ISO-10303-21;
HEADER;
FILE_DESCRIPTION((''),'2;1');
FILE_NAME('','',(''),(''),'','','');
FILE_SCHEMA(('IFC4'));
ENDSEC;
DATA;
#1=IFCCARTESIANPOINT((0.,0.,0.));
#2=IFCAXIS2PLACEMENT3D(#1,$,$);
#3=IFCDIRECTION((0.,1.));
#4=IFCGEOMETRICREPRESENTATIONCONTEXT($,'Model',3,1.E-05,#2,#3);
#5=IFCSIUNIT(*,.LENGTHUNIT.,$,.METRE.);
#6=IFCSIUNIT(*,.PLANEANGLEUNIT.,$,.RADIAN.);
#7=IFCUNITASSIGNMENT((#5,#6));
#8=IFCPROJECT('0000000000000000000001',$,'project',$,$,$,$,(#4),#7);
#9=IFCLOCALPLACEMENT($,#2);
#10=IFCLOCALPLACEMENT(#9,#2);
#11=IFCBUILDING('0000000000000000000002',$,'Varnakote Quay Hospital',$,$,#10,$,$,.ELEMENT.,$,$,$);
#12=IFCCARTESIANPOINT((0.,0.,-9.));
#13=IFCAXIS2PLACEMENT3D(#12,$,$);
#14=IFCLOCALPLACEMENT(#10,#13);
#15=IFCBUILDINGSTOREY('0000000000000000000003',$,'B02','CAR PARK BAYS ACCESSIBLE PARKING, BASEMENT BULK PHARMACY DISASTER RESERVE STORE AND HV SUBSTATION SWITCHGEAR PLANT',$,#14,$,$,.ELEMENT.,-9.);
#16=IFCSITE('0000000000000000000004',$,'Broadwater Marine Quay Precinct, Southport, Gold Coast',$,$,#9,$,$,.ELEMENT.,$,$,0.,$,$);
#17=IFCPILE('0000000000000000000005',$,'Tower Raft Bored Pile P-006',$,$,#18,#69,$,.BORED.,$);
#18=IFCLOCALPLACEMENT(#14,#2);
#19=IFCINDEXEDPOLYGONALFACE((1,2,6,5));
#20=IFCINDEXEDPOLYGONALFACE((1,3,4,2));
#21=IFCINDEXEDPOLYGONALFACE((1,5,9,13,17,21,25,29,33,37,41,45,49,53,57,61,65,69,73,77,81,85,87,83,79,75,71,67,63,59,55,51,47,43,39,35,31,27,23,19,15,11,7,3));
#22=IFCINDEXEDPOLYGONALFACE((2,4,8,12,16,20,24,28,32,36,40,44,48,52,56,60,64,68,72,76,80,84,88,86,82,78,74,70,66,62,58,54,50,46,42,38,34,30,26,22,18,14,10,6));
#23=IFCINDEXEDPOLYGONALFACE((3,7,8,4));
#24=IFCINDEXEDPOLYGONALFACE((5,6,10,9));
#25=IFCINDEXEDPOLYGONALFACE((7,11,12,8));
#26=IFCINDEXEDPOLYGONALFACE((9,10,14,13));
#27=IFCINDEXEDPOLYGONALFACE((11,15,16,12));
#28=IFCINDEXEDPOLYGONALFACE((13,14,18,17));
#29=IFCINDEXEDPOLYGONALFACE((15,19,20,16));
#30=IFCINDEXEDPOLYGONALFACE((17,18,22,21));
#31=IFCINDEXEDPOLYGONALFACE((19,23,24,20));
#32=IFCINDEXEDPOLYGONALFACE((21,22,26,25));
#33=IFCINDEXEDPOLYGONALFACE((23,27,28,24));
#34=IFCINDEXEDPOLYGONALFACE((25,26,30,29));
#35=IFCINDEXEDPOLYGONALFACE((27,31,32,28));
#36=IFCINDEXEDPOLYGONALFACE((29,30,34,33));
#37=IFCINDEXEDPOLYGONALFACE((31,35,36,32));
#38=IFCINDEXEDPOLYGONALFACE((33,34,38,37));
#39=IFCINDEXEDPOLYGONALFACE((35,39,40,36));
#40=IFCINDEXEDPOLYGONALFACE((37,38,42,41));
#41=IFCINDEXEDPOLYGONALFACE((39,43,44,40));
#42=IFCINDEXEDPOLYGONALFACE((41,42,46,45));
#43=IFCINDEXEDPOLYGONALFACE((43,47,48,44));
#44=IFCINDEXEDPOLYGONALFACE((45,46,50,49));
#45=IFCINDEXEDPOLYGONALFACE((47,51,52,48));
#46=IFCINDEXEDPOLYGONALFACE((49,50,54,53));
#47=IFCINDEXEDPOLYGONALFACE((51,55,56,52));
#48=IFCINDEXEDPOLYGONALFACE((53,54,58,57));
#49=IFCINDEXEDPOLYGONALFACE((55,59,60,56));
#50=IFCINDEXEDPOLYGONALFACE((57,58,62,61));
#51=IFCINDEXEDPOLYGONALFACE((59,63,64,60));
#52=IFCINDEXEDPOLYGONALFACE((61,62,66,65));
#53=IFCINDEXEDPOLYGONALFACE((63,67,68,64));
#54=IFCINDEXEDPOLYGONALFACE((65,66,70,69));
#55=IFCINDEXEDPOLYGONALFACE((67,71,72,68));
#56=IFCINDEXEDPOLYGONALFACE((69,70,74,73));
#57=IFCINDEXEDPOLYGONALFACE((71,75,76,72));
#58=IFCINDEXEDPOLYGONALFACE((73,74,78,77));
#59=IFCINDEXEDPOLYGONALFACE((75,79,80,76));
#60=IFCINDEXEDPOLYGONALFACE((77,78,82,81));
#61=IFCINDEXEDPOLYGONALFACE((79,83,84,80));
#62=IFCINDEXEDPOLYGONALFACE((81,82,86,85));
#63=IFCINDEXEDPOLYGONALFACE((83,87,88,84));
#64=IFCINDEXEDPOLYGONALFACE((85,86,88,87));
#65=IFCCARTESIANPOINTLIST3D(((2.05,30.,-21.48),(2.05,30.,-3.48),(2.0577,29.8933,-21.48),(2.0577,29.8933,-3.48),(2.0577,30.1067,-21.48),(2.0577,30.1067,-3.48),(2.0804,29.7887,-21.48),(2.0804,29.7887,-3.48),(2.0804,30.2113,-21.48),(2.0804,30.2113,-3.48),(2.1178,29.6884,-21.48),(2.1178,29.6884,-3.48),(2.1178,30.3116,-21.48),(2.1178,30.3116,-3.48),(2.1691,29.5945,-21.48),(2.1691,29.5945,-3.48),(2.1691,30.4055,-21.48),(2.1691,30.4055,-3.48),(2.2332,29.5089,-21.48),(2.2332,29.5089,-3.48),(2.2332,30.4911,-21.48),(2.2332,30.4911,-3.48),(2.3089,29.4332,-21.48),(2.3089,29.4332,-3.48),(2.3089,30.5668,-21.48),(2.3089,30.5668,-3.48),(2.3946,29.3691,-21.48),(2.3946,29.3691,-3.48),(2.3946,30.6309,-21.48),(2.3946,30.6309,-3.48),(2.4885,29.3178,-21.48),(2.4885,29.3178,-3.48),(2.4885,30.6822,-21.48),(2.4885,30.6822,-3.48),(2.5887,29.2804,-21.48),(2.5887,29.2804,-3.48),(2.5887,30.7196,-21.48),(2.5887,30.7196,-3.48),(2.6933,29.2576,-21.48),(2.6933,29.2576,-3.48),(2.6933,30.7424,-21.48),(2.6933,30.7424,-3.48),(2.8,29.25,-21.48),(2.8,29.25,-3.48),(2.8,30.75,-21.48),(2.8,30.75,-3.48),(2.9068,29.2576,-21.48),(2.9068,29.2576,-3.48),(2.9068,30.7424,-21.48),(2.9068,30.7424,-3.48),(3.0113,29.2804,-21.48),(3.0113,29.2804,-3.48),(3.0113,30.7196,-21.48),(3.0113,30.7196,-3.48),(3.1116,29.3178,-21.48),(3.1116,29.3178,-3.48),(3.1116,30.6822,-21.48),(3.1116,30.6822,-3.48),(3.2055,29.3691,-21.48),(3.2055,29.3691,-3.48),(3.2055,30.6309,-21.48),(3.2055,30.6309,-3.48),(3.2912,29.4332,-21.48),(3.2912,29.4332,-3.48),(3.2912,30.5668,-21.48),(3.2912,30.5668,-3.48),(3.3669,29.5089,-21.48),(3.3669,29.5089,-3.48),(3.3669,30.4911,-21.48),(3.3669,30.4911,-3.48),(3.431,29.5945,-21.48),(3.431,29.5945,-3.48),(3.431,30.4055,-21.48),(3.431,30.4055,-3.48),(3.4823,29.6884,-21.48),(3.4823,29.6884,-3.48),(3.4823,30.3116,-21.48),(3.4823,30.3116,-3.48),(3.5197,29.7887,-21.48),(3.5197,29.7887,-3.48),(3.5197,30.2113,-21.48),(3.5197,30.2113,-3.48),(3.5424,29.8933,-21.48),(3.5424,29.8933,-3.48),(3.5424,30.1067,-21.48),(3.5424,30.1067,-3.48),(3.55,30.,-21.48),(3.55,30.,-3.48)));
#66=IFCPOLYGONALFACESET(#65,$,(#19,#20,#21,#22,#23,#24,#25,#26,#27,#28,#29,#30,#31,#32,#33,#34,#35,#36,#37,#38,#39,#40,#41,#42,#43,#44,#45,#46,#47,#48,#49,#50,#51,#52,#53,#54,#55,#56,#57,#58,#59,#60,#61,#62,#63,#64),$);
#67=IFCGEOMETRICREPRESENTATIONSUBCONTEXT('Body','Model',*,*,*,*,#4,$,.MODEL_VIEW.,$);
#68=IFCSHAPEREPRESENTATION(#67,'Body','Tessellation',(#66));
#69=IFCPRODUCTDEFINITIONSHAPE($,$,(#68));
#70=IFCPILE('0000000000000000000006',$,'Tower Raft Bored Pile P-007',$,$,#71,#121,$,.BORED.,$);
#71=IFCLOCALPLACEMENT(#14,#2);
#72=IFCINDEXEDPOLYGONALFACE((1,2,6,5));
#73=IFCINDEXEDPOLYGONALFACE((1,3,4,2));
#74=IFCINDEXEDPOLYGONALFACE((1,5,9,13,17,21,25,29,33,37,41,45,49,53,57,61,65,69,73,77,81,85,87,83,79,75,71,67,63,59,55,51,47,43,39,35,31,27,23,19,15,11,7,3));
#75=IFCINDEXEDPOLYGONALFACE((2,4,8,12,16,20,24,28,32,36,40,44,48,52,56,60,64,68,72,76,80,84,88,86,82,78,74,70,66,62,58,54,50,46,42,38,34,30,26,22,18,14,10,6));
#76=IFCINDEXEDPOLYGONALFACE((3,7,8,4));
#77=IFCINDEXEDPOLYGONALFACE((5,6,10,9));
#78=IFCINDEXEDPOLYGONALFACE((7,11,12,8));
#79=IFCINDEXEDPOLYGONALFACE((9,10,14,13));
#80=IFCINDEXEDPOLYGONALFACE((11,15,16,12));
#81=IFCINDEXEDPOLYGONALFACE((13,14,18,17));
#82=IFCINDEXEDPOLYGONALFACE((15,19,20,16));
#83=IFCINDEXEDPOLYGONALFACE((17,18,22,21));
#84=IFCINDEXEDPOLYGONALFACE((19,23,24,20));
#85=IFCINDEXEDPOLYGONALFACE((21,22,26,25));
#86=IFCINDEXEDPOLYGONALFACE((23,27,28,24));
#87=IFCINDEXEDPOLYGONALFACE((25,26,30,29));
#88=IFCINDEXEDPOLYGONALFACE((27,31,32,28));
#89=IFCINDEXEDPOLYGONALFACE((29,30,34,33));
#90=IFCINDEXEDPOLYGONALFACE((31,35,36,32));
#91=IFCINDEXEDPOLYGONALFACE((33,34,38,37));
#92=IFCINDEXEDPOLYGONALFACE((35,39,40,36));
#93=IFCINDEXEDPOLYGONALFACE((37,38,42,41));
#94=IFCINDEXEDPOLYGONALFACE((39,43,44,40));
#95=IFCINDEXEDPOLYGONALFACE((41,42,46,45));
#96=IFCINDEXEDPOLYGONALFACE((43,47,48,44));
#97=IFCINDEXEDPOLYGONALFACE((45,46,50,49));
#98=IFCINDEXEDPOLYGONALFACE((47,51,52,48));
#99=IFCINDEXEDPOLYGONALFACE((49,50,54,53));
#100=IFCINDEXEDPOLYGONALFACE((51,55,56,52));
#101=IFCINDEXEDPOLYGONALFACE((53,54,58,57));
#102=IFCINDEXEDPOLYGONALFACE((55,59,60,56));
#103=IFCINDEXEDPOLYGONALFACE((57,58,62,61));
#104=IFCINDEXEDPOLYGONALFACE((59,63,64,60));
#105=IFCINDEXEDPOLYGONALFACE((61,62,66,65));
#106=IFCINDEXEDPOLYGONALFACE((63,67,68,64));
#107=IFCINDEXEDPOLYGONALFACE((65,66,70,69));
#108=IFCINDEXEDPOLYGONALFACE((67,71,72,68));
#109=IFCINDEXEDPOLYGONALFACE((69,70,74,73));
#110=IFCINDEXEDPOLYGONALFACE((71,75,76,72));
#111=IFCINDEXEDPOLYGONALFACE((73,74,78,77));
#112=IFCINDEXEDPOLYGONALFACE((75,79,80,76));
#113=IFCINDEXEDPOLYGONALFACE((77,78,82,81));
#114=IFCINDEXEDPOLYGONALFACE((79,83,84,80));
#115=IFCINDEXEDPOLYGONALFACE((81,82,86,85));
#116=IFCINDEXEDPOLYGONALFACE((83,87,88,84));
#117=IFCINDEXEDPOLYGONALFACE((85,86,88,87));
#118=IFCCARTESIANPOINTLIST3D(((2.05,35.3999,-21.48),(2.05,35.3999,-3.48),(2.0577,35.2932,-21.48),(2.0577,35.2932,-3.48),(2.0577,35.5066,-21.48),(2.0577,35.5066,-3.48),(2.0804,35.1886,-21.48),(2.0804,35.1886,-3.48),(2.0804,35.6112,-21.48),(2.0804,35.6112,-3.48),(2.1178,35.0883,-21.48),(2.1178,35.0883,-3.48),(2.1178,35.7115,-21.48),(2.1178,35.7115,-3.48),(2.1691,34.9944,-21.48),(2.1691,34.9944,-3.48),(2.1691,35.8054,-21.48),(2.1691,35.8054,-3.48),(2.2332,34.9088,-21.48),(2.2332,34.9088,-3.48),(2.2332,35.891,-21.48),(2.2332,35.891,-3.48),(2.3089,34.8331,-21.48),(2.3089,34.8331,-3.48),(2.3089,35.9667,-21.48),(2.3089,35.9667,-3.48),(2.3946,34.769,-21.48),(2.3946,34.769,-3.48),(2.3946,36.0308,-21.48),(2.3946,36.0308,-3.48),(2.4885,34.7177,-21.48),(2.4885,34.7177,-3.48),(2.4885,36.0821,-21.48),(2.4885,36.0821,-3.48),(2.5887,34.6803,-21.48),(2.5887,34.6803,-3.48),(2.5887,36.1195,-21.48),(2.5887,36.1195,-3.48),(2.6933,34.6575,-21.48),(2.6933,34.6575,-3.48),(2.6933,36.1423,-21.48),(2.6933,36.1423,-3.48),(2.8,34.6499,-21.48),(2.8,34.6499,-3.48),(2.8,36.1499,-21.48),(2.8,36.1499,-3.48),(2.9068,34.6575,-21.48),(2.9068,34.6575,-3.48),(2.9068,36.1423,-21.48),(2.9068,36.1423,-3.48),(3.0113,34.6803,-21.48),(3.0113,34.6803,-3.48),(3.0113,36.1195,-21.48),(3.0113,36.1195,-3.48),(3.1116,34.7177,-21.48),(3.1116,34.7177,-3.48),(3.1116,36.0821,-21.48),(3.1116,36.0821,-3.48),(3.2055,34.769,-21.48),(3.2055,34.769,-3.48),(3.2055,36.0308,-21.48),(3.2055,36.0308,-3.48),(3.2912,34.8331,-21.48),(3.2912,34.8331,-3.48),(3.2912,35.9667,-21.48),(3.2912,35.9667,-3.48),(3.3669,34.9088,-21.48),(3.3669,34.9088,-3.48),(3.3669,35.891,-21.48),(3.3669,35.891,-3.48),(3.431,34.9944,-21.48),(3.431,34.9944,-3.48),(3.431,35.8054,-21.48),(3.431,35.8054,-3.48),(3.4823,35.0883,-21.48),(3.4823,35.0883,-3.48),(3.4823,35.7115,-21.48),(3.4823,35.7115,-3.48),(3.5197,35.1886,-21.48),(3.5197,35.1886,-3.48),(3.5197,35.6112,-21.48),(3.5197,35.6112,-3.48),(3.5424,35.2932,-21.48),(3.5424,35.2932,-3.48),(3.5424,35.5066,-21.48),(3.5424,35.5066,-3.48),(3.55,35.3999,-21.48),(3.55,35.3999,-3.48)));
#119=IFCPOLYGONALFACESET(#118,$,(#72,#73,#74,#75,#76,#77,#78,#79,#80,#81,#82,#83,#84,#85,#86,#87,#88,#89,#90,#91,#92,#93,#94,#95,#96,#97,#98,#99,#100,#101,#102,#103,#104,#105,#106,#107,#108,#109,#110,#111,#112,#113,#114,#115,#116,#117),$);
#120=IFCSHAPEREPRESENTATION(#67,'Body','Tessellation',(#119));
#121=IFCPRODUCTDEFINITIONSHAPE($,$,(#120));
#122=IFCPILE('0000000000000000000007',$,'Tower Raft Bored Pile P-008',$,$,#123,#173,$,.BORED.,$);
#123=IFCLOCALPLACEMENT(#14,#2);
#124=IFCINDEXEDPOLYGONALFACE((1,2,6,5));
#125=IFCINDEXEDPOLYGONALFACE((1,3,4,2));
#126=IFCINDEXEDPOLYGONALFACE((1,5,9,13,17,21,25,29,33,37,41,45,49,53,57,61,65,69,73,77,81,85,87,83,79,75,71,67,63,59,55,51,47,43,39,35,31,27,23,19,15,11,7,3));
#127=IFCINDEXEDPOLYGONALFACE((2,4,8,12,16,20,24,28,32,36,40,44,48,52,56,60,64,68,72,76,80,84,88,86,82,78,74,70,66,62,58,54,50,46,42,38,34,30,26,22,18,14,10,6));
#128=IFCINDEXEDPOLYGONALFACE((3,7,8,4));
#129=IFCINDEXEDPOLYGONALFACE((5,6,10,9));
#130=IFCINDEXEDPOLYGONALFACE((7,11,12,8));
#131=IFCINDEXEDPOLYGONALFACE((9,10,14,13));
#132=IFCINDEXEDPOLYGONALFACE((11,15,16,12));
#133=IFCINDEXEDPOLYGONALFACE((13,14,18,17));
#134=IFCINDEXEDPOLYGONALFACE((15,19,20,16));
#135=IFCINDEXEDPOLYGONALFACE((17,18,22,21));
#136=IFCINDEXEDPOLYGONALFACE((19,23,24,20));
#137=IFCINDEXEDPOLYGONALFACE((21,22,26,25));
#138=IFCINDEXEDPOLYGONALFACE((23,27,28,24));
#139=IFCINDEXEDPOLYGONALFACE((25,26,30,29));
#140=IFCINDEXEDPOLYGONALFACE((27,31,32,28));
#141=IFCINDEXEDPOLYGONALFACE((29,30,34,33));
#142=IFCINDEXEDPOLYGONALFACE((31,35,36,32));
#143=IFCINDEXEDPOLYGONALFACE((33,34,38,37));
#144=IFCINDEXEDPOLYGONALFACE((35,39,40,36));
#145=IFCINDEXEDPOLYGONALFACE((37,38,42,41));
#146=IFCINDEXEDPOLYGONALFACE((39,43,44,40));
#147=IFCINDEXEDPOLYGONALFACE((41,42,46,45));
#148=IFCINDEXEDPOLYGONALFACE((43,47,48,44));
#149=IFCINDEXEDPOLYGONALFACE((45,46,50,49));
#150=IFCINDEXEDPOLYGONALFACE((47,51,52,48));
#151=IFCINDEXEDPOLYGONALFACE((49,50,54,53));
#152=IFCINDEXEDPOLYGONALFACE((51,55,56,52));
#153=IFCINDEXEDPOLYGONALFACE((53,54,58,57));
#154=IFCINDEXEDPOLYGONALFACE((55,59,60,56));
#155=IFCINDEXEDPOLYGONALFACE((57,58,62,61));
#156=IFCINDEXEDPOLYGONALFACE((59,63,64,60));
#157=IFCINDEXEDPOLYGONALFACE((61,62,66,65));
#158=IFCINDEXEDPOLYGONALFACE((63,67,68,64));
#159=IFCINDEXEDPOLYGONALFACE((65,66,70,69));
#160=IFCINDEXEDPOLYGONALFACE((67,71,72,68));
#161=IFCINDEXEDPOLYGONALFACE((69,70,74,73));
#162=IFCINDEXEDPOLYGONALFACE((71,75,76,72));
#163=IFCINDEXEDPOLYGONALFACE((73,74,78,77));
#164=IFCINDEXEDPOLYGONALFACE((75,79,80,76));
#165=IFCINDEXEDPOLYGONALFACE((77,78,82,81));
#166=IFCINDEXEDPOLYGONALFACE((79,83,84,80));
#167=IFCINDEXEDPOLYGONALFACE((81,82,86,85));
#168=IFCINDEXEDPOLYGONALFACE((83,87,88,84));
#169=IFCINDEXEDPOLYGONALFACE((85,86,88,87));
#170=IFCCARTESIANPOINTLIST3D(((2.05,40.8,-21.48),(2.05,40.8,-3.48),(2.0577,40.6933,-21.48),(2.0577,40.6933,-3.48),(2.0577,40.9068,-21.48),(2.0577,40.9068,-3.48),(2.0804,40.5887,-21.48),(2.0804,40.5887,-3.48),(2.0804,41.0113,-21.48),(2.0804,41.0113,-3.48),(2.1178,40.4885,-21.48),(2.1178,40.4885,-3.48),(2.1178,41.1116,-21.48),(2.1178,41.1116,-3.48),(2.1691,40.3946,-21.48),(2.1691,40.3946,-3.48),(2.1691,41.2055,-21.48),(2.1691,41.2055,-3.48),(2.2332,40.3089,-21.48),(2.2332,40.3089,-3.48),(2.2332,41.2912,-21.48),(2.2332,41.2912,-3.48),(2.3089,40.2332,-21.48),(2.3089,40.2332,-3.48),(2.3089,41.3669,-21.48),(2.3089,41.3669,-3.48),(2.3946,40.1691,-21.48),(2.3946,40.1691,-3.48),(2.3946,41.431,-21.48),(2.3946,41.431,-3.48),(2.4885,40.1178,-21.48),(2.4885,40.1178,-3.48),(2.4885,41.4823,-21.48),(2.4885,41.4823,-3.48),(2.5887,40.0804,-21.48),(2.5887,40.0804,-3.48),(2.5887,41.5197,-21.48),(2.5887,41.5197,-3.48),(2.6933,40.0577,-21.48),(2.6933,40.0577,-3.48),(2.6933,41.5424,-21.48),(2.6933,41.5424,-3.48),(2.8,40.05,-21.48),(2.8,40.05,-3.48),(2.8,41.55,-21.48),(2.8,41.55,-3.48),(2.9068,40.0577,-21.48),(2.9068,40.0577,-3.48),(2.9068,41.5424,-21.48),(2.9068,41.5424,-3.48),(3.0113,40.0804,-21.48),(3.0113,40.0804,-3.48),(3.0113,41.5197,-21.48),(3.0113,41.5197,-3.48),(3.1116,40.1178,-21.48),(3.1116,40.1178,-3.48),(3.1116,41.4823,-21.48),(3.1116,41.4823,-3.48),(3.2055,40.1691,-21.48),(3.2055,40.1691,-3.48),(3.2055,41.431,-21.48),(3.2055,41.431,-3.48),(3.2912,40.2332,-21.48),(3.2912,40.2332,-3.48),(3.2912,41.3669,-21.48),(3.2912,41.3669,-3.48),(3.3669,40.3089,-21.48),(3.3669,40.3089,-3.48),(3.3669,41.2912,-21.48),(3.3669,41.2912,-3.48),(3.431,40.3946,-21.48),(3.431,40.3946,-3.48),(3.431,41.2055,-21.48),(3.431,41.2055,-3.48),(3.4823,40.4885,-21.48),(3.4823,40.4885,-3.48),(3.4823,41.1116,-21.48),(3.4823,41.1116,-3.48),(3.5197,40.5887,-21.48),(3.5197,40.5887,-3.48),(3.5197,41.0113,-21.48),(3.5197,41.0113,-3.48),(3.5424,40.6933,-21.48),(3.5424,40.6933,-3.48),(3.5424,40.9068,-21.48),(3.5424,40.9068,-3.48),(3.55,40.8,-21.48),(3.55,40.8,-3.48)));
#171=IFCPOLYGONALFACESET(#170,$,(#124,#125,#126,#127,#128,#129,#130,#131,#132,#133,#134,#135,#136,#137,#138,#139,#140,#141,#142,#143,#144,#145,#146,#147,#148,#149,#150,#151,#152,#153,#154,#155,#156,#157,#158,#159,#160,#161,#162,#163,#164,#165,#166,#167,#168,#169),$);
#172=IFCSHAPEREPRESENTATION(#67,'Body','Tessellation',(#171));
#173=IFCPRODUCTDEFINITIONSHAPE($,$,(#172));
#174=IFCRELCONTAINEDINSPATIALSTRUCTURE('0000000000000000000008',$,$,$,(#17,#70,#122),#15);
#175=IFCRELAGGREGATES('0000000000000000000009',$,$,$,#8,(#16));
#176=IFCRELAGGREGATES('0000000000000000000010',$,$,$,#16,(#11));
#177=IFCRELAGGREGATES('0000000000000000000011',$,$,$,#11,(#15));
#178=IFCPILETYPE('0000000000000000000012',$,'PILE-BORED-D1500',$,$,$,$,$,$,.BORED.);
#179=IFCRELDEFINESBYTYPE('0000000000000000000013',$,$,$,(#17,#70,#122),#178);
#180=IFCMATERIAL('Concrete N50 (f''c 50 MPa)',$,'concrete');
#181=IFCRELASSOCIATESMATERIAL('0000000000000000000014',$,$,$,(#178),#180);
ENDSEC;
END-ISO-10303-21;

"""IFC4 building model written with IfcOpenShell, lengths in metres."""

from ifc_helpers import new_model, si_unit, direction, frame, origin, origin_2d, place, context, subcontext, project, spatial, circle, extrude, material, material_profile, profile_set, type_object, element, save


model = new_model("IFC4")

# Units and contexts
model_context = context("Model", 3, precision=1e-05, world=origin(), true_north=direction((0.0, 1.0)))
body_context = subcontext(model_context, "Body", "Model", "MODEL_VIEW")
ifc_project = project(units=[si_unit("LENGTHUNIT", "METRE"), si_unit("PLANEANGLEUNIT", "RADIAN")], contexts=[model_context])

# Site, building, storey
site_placement = place(None, origin())
site = spatial("IfcSite", under=ifc_project, at=site_placement, Name="Broadwater Marine Quay Precinct, Southport, Gold Coast", CompositionType="ELEMENT", RefElevation=0.0)
building_placement = place(site_placement, origin())
building = spatial("IfcBuilding", under=site, at=building_placement, Name="Varnakote Quay Hospital", CompositionType="ELEMENT")
storey_placement = place(building_placement, frame((0.0, 0.0, -9.0)))
storey = spatial("IfcBuildingStorey", under=building, at=storey_placement, Name="B02", Description="CAR PARK BAYS ACCESSIBLE PARKING, BASEMENT BULK PHARMACY DISASTER RESERVE STORE AND HV SUBSTATION SWITCHGEAR PLANT", CompositionType="ELEMENT", Elevation=-9.0)

# Piles
ifc_material_1 = material(Name="Concrete N50 (f'c 50 MPa)", Category="concrete")
ifc_material_profile_1 = material_profile(ifc_material_1, circle(Radius=0.75, at=origin_2d()), Name="PILE-D1500")
ifc_profile_set_1 = profile_set([ifc_material_profile_1], Name="Concrete N50 (f'c 50 MPa)")
pile_type = type_object("IfcPileType", Name="PILE-BORED-D1500", PredefinedType="BORED", material=ifc_profile_set_1)
for number, where, z_axis, x_axis, name in (
    (1, (2.8, 30.0, -3.48), (0.0, 0.0, -1.0), (1.0, 0.0, 0.0), "Tower Raft Bored Pile P-006"),
    (2, (2.8, 35.3999, -3.48), (0.0, 0.0, -1.0), (1.0, 0.0, 0.0), "Tower Raft Bored Pile P-007"),
    (3, (2.8, 40.8, -3.48), (0.0, 0.0, -1.0), (1.0, 0.0, 0.0), "Tower Raft Bored Pile P-008"),
):
    element("IfcPile", number, at=place(storey_placement, frame(where, z_axis=z_axis, x_axis=x_axis)), inside=storey, type_object=pile_type, Name=name, PredefinedType="BORED", context=body_context, shape_type="SweptSolid", body=[
        extrude(circle(Radius=0.75, at=origin_2d()), origin(), (0.0, 0.0, 1.0), 18.0),
    ])

save(model, "model.ifc")
